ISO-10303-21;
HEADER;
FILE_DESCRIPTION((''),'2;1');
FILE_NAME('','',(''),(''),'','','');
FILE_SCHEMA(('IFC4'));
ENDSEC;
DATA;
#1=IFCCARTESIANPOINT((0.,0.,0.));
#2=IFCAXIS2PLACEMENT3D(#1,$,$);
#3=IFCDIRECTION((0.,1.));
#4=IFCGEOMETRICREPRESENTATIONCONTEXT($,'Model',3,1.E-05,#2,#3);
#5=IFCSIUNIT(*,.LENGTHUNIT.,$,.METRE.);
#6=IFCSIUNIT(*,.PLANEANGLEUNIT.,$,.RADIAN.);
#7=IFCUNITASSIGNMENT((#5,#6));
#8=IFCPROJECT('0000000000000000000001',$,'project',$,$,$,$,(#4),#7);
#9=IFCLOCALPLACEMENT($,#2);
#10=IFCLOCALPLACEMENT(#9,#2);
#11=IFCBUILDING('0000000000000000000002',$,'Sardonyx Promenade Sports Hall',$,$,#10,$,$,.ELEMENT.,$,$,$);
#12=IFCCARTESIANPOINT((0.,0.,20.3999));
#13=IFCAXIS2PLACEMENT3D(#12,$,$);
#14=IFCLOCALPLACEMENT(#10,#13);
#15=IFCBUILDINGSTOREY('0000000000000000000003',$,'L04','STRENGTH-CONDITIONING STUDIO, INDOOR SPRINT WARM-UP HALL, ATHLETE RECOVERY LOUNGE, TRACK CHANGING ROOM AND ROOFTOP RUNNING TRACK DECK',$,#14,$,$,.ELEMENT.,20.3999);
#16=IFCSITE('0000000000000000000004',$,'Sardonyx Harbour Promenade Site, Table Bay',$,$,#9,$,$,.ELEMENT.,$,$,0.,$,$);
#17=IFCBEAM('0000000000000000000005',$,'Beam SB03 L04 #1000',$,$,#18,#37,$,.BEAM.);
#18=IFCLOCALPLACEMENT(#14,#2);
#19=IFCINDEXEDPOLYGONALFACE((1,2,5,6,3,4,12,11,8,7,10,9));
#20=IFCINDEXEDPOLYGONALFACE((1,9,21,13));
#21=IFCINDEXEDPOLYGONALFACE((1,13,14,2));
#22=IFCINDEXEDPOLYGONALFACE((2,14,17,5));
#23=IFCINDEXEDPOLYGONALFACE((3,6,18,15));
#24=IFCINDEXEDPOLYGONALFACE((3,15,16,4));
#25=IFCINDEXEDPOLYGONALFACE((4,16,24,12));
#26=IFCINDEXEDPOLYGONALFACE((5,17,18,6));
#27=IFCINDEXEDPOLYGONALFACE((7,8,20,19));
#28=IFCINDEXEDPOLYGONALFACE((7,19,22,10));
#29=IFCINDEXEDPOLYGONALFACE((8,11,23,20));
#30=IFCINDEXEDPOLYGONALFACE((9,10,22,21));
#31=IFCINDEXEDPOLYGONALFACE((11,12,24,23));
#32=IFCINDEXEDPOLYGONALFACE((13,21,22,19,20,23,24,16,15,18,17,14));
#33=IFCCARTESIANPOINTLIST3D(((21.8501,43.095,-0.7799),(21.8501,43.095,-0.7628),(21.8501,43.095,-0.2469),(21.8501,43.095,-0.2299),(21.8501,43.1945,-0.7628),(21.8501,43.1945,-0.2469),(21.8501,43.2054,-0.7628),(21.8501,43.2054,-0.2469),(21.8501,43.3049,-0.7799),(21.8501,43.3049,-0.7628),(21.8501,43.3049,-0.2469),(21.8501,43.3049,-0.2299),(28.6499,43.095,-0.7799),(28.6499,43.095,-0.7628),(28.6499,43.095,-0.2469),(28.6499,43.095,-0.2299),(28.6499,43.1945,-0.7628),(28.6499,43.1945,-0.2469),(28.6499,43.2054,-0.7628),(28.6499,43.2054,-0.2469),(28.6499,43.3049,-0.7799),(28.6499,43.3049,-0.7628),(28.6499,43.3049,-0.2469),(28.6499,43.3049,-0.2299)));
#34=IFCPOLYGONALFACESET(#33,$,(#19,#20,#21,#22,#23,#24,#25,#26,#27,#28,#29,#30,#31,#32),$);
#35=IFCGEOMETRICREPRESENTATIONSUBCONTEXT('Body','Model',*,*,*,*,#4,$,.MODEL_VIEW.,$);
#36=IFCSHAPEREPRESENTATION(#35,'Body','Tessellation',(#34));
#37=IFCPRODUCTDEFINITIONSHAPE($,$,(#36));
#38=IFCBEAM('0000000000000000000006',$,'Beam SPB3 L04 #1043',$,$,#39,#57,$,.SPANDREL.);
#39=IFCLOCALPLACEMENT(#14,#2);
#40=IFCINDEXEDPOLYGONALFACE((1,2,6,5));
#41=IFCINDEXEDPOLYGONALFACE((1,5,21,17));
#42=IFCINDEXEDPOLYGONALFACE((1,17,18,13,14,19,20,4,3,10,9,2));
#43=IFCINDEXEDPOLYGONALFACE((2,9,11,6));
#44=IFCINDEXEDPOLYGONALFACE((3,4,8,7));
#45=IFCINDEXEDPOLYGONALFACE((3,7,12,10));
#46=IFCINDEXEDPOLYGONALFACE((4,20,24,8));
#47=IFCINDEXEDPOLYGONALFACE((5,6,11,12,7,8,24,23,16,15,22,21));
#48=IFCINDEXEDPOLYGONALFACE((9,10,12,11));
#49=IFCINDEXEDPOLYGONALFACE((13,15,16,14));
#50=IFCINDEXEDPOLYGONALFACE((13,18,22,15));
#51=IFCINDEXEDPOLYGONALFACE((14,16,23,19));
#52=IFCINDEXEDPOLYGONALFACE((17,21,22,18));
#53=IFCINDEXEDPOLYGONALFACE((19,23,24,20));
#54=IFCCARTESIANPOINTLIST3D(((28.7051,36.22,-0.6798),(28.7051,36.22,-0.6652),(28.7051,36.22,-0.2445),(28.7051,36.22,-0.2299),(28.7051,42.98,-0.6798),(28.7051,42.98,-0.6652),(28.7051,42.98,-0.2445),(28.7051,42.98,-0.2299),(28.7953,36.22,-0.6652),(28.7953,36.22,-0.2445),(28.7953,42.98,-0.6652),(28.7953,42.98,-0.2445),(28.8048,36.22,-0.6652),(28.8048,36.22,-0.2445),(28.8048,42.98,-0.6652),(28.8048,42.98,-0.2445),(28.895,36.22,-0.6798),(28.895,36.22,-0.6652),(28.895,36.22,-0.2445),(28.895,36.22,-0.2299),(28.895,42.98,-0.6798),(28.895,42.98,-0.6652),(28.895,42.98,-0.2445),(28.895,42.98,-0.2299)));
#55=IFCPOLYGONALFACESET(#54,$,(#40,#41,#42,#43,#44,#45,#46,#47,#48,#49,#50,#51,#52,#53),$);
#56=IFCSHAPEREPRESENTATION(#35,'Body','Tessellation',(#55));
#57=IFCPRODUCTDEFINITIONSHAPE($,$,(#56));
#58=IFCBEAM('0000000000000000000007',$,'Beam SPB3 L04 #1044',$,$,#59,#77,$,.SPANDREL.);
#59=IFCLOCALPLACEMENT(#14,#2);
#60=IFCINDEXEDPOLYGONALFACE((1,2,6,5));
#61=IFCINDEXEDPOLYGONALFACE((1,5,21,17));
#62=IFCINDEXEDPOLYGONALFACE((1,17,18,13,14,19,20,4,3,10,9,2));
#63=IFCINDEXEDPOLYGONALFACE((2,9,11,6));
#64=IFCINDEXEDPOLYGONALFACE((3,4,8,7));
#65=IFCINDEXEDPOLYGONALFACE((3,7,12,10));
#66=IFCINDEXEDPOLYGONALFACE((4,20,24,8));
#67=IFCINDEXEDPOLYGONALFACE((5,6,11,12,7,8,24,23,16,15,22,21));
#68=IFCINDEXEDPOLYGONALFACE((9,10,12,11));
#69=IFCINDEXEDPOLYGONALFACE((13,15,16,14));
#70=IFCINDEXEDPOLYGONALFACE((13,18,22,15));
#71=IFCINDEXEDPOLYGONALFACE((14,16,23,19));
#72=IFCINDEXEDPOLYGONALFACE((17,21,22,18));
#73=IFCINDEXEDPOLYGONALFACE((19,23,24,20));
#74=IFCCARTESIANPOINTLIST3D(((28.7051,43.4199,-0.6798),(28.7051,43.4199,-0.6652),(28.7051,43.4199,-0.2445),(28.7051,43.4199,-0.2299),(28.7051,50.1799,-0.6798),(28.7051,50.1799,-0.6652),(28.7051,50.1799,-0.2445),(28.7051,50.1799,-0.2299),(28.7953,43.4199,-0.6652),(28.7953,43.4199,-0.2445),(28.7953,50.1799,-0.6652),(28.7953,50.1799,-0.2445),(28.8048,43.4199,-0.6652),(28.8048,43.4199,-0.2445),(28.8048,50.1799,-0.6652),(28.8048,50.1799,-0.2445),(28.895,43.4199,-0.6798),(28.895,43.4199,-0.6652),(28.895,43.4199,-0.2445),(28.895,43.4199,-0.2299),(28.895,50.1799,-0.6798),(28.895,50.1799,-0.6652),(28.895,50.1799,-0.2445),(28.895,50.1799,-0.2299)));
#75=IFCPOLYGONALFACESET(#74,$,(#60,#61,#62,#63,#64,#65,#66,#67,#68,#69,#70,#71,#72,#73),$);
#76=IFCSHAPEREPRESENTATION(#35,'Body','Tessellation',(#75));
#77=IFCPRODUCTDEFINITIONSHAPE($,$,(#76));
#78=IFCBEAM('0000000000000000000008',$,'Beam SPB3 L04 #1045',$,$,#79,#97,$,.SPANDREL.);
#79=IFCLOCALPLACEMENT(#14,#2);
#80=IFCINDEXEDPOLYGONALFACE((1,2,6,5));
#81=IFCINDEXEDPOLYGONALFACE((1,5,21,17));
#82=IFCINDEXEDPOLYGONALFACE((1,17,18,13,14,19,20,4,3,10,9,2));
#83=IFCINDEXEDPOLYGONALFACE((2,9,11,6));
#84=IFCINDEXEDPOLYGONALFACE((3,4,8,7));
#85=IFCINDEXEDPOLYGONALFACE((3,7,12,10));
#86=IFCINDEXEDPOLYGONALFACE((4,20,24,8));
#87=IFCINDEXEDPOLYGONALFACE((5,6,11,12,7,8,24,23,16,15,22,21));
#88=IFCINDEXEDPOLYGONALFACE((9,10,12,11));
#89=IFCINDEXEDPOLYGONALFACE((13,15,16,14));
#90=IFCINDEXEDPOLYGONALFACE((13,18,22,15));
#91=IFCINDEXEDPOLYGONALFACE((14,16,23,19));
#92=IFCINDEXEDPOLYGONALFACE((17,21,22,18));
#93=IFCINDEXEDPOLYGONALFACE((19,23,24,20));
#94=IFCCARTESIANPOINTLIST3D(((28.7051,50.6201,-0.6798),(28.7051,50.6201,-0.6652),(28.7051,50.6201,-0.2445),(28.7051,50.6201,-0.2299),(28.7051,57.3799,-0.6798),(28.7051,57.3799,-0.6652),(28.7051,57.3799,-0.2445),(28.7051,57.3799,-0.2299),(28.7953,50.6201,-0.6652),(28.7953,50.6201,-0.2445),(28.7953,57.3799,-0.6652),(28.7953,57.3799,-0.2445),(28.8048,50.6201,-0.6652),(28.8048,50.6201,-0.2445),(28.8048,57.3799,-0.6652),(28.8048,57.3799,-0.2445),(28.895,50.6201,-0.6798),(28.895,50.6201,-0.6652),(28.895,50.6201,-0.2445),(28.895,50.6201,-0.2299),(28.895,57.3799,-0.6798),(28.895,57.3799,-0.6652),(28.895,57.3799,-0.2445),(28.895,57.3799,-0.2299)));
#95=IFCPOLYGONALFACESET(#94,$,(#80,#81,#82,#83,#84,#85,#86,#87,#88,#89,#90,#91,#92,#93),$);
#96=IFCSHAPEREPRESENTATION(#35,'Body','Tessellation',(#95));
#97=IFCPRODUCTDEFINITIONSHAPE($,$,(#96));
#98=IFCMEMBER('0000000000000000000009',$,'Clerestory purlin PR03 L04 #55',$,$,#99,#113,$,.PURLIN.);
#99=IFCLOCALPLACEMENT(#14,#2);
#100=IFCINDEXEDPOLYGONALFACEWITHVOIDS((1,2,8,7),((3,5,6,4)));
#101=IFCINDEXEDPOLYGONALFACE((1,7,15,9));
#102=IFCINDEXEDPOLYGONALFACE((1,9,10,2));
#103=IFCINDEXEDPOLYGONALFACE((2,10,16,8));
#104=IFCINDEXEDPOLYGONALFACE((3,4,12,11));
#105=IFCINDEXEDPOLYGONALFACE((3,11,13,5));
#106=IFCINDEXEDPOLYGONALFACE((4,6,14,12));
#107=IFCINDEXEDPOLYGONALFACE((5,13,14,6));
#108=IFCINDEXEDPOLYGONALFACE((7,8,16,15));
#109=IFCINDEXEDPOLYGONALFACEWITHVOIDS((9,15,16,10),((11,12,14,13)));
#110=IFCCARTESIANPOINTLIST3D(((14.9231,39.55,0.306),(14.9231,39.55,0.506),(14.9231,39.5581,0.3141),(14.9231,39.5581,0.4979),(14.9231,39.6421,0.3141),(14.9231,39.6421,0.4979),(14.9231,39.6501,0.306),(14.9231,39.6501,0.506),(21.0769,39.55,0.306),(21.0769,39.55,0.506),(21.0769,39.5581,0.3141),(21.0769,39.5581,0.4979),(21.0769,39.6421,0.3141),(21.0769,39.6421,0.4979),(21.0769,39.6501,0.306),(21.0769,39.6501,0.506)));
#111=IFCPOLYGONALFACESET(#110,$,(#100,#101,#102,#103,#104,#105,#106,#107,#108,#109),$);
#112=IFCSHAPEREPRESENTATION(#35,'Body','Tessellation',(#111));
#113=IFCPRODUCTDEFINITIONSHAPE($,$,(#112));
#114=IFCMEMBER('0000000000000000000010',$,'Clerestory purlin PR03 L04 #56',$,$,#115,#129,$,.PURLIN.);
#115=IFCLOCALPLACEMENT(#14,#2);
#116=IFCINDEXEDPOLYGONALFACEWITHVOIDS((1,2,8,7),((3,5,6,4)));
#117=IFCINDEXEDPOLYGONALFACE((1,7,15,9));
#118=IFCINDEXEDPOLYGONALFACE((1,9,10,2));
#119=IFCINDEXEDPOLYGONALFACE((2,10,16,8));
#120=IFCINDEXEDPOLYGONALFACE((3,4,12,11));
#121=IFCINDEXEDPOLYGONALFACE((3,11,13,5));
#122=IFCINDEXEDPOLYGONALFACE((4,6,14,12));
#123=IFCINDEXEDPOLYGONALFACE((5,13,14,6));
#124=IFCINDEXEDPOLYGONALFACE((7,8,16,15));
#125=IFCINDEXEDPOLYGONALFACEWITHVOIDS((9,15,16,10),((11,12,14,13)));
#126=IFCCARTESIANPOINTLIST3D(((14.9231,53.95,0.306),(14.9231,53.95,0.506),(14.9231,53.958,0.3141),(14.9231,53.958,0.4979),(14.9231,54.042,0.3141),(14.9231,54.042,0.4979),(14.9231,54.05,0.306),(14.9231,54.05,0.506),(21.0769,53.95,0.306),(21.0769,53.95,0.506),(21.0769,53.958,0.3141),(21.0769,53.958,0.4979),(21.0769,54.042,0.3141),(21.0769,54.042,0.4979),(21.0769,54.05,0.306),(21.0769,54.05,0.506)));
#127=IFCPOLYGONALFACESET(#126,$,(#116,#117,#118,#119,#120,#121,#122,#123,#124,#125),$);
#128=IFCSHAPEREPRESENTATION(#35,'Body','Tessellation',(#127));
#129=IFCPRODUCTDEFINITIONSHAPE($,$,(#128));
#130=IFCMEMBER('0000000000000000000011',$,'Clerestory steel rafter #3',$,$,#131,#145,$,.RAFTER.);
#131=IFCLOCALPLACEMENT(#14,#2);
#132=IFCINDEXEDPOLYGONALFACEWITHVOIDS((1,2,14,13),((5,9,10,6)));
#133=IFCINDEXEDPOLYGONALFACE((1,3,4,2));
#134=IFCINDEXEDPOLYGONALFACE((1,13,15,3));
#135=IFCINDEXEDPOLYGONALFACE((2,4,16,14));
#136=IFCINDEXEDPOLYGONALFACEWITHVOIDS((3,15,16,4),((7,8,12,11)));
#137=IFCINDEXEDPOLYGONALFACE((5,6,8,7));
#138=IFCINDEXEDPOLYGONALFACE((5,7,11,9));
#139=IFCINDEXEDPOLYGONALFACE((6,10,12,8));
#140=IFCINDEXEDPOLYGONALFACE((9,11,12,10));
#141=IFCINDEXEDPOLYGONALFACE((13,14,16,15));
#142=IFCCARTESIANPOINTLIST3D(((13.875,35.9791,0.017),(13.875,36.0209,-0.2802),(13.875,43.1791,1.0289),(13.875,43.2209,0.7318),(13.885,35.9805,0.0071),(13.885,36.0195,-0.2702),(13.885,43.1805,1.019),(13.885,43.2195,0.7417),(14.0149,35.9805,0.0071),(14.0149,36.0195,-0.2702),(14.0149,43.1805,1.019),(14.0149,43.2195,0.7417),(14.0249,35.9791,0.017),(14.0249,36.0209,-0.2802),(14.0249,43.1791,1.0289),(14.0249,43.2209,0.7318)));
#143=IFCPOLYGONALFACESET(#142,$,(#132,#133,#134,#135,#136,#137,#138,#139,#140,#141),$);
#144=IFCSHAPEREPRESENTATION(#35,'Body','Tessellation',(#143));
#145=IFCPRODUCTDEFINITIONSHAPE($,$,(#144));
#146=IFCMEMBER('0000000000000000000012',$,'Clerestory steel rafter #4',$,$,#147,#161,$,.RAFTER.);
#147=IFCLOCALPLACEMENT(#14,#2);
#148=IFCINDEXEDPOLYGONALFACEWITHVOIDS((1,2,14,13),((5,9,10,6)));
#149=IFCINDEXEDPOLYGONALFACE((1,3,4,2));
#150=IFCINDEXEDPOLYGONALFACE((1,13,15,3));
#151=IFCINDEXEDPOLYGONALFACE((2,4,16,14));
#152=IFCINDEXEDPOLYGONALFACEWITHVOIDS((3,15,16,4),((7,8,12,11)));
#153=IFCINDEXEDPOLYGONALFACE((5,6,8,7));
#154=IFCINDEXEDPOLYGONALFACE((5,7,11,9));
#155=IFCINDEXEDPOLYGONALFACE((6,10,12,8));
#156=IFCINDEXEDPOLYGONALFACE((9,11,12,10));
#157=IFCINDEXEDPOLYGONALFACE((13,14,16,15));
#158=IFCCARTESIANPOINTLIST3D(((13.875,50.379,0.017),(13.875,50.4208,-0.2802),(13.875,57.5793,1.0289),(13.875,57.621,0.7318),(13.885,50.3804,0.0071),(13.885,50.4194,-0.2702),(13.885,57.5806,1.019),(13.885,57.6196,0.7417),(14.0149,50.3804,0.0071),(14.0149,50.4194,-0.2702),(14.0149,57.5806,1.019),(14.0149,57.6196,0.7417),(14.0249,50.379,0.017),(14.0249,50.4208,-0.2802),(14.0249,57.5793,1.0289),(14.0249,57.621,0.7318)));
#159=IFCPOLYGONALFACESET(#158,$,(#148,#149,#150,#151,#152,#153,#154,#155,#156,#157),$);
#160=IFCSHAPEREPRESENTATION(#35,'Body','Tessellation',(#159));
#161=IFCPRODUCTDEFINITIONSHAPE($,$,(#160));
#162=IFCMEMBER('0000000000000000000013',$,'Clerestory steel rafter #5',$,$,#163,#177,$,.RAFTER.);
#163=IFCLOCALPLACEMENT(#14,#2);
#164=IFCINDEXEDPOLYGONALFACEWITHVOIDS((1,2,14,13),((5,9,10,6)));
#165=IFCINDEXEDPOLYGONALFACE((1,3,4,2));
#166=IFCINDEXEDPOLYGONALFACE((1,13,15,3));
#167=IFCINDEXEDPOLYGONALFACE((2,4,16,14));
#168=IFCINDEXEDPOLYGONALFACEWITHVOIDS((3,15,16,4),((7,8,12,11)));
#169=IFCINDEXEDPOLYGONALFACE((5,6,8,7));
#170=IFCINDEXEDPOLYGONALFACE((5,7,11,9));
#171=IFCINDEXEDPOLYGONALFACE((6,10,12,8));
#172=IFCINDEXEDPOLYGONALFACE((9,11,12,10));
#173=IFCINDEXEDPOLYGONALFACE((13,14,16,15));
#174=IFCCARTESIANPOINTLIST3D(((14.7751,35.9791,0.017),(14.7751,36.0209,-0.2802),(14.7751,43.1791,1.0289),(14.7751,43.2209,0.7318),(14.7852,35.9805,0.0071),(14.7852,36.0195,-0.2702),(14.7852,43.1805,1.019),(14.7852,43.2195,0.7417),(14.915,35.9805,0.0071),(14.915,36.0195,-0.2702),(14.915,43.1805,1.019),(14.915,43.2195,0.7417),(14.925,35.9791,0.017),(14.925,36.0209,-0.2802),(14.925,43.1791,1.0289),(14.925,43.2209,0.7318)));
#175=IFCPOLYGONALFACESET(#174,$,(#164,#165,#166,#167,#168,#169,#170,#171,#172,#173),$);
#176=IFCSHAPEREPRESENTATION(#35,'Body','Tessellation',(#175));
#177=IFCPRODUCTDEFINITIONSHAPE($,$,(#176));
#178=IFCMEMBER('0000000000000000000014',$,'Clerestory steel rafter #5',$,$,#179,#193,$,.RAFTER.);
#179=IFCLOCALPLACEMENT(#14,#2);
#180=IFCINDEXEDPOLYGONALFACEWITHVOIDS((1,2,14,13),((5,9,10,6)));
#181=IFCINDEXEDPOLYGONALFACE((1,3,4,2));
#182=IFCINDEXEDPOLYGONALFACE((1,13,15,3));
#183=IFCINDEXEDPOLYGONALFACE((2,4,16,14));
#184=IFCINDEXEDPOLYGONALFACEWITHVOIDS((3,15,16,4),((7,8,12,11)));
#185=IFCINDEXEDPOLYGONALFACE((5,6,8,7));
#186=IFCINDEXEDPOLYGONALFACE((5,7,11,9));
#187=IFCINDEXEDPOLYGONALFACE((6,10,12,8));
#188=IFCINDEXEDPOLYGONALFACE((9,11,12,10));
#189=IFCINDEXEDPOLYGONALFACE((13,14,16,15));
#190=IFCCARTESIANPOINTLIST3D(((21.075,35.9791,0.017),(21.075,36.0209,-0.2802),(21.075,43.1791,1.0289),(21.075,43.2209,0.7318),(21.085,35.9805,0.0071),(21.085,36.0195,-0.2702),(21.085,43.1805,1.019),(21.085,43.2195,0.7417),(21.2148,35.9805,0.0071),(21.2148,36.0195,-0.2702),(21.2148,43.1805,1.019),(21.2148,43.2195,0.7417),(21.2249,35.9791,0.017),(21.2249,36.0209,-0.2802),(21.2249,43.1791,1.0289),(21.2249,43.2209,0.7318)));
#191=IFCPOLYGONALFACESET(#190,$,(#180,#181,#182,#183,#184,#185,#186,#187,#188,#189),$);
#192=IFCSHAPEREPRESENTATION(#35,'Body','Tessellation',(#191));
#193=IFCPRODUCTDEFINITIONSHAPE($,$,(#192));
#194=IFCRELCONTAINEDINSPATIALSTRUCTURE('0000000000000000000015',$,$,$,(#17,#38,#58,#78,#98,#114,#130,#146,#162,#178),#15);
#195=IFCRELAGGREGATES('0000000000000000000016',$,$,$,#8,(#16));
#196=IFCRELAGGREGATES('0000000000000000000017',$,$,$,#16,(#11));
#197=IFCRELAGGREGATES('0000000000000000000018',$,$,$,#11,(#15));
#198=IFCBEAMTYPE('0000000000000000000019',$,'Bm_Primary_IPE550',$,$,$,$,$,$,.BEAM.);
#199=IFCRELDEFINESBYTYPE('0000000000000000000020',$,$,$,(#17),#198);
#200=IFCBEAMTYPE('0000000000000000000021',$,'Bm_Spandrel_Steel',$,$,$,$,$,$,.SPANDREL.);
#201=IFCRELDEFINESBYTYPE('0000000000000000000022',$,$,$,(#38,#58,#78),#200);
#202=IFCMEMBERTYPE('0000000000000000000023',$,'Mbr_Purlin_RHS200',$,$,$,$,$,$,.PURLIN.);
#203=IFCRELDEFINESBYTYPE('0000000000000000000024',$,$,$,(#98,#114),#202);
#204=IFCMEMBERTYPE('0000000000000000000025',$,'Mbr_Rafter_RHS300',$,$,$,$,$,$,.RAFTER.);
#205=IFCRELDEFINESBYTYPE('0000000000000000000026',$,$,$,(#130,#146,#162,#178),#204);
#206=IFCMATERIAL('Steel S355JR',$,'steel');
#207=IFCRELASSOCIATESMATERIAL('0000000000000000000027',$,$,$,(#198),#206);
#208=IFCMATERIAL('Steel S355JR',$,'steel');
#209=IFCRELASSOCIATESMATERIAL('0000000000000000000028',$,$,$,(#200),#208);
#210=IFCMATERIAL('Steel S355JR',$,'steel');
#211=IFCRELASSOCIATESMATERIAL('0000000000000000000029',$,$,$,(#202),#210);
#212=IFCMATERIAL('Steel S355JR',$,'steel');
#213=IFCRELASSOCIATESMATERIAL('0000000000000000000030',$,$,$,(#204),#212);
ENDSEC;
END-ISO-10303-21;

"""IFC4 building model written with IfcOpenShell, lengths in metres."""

from ifc_helpers import new_model, si_unit, direction, frame, origin, origin_2d, place, context, subcontext, project, spatial, hollow_rectangle, i_section, extrude, material, material_profile, profile_set, type_object, element, save


model = new_model("IFC4")

# Units and contexts
model_context = context("Model", 3, precision=1e-05, world=origin(), true_north=direction((0.0, 1.0)))
body_context = subcontext(model_context, "Body", "Model", "MODEL_VIEW")
ifc_project = project(units=[si_unit("LENGTHUNIT", "METRE"), si_unit("PLANEANGLEUNIT", "RADIAN")], contexts=[model_context])

# Site, building, storey
site_placement = place(None, origin())
site = spatial("IfcSite", under=ifc_project, at=site_placement, Name="Sardonyx Harbour Promenade Site, Table Bay", CompositionType="ELEMENT", RefElevation=0.0)
building_placement = place(site_placement, origin())
building = spatial("IfcBuilding", under=site, at=building_placement, Name="Sardonyx Promenade Sports Hall", CompositionType="ELEMENT")
storey_placement = place(building_placement, frame((0.0, 0.0, 20.3999)))
storey = spatial("IfcBuildingStorey", under=building, at=storey_placement, Name="L04", Description="STRENGTH-CONDITIONING STUDIO, INDOOR SPRINT WARM-UP HALL, ATHLETE RECOVERY LOUNGE, TRACK CHANGING ROOM AND ROOFTOP RUNNING TRACK DECK", CompositionType="ELEMENT", Elevation=20.3999)

# Beams
ifc_material_1 = material(Name="Steel S355JR", Category="steel")
ifc_material_profile_1 = material_profile(ifc_material_1, i_section(OverallWidth=0.21, OverallDepth=0.55, WebThickness=0.011, FlangeThickness=0.0171, at=origin_2d()))
ifc_profile_set_1 = profile_set([ifc_material_profile_1], Name="Steel S355JR")
beam_type_1 = type_object("IfcBeamType", Name="Bm_Primary_IPE550", PredefinedType="BEAM", material=ifc_profile_set_1)
beam_1_placement = place(storey_placement, frame((21.8501, 43.2, -0.5049), z_axis=(1.0, 0.0, 0.0), x_axis=(0.0, 1.0, 0.0)))
element("IfcBeam", 1, at=beam_1_placement, inside=storey, type_object=beam_type_1, Name="Beam SB03 L04 #1000", PredefinedType="BEAM", context=body_context, shape_type="SweptSolid", body=[
    extrude(i_section(OverallWidth=0.21, OverallDepth=0.55, WebThickness=0.011, FlangeThickness=0.0171, at=origin_2d()), origin(), (0.0, 0.0, 1.0), 6.7998),
])
ifc_material_2 = material(Name="Steel S355JR", Category="steel")
ifc_material_profile_2 = material_profile(ifc_material_2, i_section(OverallWidth=0.1899, OverallDepth=0.45, WebThickness=0.0095, FlangeThickness=0.0146, at=origin_2d()))
ifc_profile_set_2 = profile_set([ifc_material_profile_2], Name="Steel S355JR")
beam_type_2 = type_object("IfcBeamType", Name="Bm_Spandrel_Steel", PredefinedType="SPANDREL", material=ifc_profile_set_2)
for number, where, z_axis, x_axis, name in (
    (2, (28.8, 36.22, -0.4548), (0.0, 1.0, 0.0), (-1.0, 0.0, 0.0), "Beam SPB3 L04 #1043"),
    (3, (28.8, 43.4199, -0.4548), (0.0, 1.0, 0.0), (-1.0, 0.0, 0.0), "Beam SPB3 L04 #1044"),
):
    element("IfcBeam", number, at=place(storey_placement, frame(where, z_axis=z_axis, x_axis=x_axis)), inside=storey, type_object=beam_type_2, Name=name, PredefinedType="SPANDREL", context=body_context, shape_type="SweptSolid", body=[
        extrude(i_section(OverallWidth=0.1899, OverallDepth=0.45, WebThickness=0.0095, FlangeThickness=0.0146, at=origin_2d()), origin(), (0.0, 0.0, 1.0), 6.76),
    ])
beam_2_placement = place(storey_placement, frame((28.8, 50.6201, -0.4548), z_axis=(0.0, 1.0, 0.0), x_axis=(-1.0, 0.0, 0.0)))
element("IfcBeam", 4, at=beam_2_placement, inside=storey, type_object=beam_type_2, Name="Beam SPB3 L04 #1045", PredefinedType="SPANDREL", context=body_context, shape_type="SweptSolid", body=[
    extrude(i_section(OverallWidth=0.1899, OverallDepth=0.45, WebThickness=0.0095, FlangeThickness=0.0146, at=origin_2d()), origin(), (0.0, 0.0, 1.0), 6.7598),
])

# Members
ifc_material_3 = material(Name="Steel S355JR", Category="steel")
ifc_material_profile_3 = material_profile(ifc_material_3, hollow_rectangle(XDim=0.1001, YDim=0.2, WallThickness=0.0081, at=origin_2d()))
ifc_profile_set_3 = profile_set([ifc_material_profile_3], Name="Steel S355JR")
member_type_1 = type_object("IfcMemberType", Name="Mbr_Purlin_RHS200", PredefinedType="PURLIN", material=ifc_profile_set_3)
for number, where, z_axis, x_axis, name in (
    (5, (14.9231, 39.6001, 0.406), (1.0, 0.0, 0.0), (0.0, 1.0, 0.0), "Clerestory purlin PR03 L04 #55"),
    (6, (14.9231, 54.0, 0.406), (1.0, 0.0, 0.0), (0.0, 1.0, 0.0), "Clerestory purlin PR03 L04 #56"),
):
    element("IfcMember", number, at=place(storey_placement, frame(where, z_axis=z_axis, x_axis=x_axis)), inside=storey, type_object=member_type_1, Name=name, PredefinedType="PURLIN", context=body_context, shape_type="SweptSolid", body=[
        extrude(hollow_rectangle(XDim=0.1001, YDim=0.2, WallThickness=0.0081, at=origin_2d()), origin(), (0.0, 0.0, 1.0), 6.1538),
    ])
ifc_material_4 = material(Name="Steel S355JR", Category="steel")
ifc_material_profile_4 = material_profile(ifc_material_4, hollow_rectangle(XDim=0.1499, YDim=0.3, WallThickness=0.01, at=origin_2d()))
ifc_profile_set_4 = profile_set([ifc_material_profile_4], Name="Steel S355JR")
member_type_2 = type_object("IfcMemberType", Name="Mbr_Rafter_RHS300", PredefinedType="RAFTER", material=ifc_profile_set_4)
member_1_placement = place(storey_placement, frame((13.95, 36.0, -0.1316), z_axis=(0.0, 0.990267, 0.139183), x_axis=(-1.0, 0.0, 0.0)))
element("IfcMember", 7, at=member_1_placement, inside=storey, type_object=member_type_2, Name="Clerestory steel rafter #3", PredefinedType="RAFTER", context=body_context, shape_type="SweptSolid", body=[
    extrude(hollow_rectangle(XDim=0.1499, YDim=0.3, WallThickness=0.01, at=origin_2d()), origin(), (0.0, 0.0, 1.0), 7.2708),
])
member_2_placement = place(storey_placement, frame((13.95, 50.3999, -0.1316), z_axis=(0.0, 0.990267, 0.139179), x_axis=(-1.0, 0.0, 0.0)))
element("IfcMember", 8, at=member_2_placement, inside=storey, type_object=member_type_2, Name="Clerestory steel rafter #4", PredefinedType="RAFTER", context=body_context, shape_type="SweptSolid", body=[
    extrude(hollow_rectangle(XDim=0.1499, YDim=0.3, WallThickness=0.01, at=origin_2d()), origin(), (0.0, 0.0, 1.0), 7.271),
])
for number, where, z_axis, x_axis, name in (
    (9, (14.8501, 36.0, -0.1316), (0.0, 0.990267, 0.139183), (-1.0, 0.0, 0.0), "Clerestory steel rafter #5"),
    (10, (21.1499, 36.0, -0.1316), (0.0, 0.990267, 0.139183), (-1.0, 0.0, 0.0), "Clerestory steel rafter #5"),
):
    element("IfcMember", number, at=place(storey_placement, frame(where, z_axis=z_axis, x_axis=x_axis)), inside=storey, type_object=member_type_2, Name=name, PredefinedType="RAFTER", context=body_context, shape_type="SweptSolid", body=[
        extrude(hollow_rectangle(XDim=0.1499, YDim=0.3, WallThickness=0.01, at=origin_2d()), origin(), (0.0, 0.0, 1.0), 7.2708),
    ])

save(model, "model.ifc")
